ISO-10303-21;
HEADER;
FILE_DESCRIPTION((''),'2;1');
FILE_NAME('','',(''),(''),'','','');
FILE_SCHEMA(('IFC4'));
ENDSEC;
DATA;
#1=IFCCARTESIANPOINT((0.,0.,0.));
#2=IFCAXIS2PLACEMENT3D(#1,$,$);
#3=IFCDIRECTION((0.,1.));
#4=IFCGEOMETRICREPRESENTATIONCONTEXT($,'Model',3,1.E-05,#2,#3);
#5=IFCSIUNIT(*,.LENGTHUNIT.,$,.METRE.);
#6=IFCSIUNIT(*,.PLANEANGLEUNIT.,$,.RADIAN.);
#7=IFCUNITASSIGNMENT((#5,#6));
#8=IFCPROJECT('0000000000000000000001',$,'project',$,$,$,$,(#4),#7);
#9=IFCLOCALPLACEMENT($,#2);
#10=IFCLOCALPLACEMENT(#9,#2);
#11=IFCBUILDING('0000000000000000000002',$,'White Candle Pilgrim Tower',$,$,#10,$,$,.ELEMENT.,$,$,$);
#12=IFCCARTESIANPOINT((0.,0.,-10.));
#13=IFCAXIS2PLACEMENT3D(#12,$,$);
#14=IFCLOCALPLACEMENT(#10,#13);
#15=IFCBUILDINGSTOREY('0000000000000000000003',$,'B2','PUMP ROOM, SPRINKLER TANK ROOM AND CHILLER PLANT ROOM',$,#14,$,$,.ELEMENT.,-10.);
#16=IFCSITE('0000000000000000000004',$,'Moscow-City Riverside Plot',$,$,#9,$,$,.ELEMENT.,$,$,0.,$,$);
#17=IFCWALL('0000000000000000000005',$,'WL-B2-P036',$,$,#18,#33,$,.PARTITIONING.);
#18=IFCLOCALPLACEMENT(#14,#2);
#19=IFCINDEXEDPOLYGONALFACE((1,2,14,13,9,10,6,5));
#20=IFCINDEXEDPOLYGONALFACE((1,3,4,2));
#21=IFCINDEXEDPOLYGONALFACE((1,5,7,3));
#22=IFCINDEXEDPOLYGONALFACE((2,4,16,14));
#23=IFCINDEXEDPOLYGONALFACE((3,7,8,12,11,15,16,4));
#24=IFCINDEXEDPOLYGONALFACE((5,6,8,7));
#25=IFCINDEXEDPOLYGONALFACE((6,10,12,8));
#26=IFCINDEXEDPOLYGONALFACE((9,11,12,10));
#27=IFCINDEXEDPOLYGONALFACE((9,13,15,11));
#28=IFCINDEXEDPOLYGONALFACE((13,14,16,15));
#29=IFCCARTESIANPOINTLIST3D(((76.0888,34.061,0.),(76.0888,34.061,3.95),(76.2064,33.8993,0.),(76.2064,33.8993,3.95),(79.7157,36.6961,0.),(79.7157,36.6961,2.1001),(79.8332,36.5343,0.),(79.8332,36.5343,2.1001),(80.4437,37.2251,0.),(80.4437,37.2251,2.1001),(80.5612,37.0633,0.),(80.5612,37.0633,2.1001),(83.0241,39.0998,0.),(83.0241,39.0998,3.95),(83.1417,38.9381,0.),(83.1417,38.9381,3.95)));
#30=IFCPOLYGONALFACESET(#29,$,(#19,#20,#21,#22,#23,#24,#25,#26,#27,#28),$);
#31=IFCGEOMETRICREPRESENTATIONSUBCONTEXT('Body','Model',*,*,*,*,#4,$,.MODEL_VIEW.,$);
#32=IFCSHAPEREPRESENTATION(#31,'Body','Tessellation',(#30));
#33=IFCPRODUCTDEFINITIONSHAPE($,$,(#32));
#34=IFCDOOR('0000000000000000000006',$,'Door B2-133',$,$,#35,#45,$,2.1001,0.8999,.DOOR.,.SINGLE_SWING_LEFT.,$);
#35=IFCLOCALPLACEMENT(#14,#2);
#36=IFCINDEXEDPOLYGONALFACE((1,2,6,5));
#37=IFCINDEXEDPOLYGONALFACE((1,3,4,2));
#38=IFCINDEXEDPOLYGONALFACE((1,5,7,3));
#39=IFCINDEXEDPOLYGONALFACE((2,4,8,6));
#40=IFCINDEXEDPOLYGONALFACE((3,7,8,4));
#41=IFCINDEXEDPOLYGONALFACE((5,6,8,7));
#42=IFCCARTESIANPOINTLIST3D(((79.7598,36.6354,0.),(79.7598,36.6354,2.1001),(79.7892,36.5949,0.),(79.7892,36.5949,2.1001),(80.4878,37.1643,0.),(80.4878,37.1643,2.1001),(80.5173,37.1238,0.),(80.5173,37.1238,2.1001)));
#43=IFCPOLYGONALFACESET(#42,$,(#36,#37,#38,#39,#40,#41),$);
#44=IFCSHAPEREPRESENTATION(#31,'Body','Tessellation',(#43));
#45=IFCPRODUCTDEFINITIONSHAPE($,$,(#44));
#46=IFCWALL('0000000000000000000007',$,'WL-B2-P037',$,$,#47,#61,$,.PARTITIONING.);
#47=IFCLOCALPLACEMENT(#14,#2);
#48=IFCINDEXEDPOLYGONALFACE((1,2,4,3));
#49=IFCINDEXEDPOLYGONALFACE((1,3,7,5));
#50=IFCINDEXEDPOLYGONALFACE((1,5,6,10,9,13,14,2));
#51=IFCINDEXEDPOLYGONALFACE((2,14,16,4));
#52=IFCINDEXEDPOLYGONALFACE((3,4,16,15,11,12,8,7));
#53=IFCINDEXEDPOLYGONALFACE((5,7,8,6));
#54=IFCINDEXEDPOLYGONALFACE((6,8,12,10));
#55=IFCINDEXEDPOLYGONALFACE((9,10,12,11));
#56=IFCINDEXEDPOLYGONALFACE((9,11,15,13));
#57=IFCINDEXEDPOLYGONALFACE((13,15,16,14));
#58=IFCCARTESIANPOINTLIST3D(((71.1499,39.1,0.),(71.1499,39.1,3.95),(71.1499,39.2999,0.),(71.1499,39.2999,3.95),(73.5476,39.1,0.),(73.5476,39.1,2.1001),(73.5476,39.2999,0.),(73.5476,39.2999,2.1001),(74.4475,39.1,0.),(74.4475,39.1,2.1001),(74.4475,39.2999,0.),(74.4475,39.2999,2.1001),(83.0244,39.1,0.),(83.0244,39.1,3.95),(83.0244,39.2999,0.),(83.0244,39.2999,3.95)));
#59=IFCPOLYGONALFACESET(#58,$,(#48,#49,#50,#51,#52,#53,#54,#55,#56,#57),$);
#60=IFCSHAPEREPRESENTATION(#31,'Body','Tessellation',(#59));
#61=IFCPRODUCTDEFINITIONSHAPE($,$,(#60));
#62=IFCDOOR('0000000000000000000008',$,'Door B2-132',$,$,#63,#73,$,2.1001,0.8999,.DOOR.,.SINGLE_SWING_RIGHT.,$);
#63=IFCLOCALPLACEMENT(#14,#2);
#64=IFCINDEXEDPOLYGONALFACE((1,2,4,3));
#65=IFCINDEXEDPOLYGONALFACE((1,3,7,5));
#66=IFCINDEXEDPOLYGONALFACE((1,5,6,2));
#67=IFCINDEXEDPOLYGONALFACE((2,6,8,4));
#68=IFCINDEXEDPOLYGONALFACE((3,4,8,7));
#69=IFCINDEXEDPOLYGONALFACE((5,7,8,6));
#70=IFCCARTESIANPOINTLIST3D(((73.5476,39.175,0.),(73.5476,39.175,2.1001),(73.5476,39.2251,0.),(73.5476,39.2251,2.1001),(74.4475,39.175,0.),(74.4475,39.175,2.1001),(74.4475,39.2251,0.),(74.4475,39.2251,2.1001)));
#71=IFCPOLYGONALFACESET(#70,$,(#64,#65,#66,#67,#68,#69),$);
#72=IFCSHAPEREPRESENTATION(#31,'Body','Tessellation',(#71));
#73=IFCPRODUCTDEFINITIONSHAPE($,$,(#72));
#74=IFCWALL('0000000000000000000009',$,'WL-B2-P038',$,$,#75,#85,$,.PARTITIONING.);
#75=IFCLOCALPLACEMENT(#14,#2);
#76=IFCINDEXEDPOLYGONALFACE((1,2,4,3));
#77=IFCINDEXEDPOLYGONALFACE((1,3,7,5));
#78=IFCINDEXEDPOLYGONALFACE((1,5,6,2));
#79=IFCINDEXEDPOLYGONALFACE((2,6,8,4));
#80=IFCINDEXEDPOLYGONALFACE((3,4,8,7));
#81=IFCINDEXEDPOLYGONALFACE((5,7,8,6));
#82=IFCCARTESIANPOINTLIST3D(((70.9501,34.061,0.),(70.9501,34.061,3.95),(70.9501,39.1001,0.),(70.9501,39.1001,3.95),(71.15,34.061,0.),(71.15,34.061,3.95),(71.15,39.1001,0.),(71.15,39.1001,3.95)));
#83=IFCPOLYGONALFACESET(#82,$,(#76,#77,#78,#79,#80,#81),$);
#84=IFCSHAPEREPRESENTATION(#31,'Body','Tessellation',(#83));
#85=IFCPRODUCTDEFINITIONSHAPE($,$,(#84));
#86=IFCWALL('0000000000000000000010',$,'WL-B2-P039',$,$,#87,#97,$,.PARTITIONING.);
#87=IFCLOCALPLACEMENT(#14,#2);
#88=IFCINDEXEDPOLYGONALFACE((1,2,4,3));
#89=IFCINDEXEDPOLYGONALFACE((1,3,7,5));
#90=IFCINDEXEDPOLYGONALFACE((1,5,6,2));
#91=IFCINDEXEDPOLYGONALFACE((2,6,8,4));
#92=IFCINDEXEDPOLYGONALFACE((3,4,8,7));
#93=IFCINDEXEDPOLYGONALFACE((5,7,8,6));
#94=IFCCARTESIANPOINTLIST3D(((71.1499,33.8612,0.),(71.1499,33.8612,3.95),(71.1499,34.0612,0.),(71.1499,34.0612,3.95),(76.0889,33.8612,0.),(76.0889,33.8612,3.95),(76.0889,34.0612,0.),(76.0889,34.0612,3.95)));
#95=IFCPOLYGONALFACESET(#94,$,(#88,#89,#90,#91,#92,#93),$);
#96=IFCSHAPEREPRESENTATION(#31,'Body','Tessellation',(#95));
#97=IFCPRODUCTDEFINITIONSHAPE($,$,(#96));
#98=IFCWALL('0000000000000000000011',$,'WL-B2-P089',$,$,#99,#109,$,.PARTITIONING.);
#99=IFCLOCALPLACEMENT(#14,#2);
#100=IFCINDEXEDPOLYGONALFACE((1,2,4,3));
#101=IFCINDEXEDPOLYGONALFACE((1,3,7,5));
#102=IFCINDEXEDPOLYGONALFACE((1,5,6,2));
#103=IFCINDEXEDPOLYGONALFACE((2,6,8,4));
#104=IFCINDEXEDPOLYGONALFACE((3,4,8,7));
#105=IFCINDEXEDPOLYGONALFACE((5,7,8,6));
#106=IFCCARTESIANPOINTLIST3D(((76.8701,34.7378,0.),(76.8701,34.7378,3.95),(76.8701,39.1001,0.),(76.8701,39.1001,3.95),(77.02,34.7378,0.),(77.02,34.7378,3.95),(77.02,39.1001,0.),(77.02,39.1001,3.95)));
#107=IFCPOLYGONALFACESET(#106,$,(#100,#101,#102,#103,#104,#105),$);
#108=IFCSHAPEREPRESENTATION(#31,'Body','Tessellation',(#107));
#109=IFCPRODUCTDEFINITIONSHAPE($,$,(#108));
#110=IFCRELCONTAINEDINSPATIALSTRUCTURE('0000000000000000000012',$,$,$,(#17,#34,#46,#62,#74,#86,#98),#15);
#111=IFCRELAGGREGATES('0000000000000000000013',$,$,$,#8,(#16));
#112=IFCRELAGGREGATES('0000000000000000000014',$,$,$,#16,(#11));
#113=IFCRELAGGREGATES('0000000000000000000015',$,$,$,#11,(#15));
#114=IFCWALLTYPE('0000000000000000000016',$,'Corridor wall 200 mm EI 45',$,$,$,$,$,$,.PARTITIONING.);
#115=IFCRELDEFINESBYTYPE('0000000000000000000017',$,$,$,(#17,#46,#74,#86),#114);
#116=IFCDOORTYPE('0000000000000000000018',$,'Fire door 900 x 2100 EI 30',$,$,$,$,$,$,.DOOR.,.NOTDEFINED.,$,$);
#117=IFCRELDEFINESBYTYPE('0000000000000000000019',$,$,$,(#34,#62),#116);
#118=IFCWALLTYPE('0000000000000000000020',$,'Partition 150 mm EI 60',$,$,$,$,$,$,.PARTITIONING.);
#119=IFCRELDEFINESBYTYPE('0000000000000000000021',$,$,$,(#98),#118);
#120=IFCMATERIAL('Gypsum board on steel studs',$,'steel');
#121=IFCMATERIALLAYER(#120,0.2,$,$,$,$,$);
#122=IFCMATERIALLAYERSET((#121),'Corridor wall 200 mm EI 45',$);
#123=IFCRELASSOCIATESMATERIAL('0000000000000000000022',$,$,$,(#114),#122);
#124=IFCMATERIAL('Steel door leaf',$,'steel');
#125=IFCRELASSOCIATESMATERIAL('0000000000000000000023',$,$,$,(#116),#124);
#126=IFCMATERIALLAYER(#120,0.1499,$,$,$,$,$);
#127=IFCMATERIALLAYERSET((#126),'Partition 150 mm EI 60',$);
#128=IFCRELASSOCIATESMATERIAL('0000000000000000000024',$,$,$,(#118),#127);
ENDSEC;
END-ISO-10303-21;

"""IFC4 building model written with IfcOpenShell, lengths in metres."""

from ifc_helpers import new_model, si_unit, direction, frame, frame_2d, origin, place, context, subcontext, project, spatial, rectangle, extrude, material, layer, layer_set, type_object, element, fill, save


model = new_model("IFC4")

# Units and contexts
model_context = context("Model", 3, precision=1e-05, world=origin(), true_north=direction((0.0, 1.0)))
body_context = subcontext(model_context, "Body", "Model", "MODEL_VIEW")
ifc_project = project(units=[si_unit("LENGTHUNIT", "METRE"), si_unit("PLANEANGLEUNIT", "RADIAN")], contexts=[model_context])

# Site, building, storey
site_placement = place(None, origin())
site = spatial("IfcSite", under=ifc_project, at=site_placement, Name="Moscow-City Riverside Plot", CompositionType="ELEMENT", RefElevation=0.0)
building_placement = place(site_placement, origin())
building = spatial("IfcBuilding", under=site, at=building_placement, Name="White Candle Pilgrim Tower", CompositionType="ELEMENT")
storey_placement = place(building_placement, frame((0.0, 0.0, -10.0)))
storey = spatial("IfcBuildingStorey", under=building, at=storey_placement, Name="B2", Description="PUMP ROOM, SPRINKLER TANK ROOM AND CHILLER PLANT ROOM", CompositionType="ELEMENT", Elevation=-10.0)

# Shared definitions
ifc_material_1 = material(Name="Gypsum board on steel studs", Category="steel")
ifc_layer_1 = layer(ifc_material_1, 0.2)
ifc_layer_set_1 = layer_set([ifc_layer_1], Name="Corridor wall 200 mm EI 45")
wall_type_1 = type_object("IfcWallType", Name="Corridor wall 200 mm EI 45", PredefinedType="PARTITIONING", material=ifc_layer_set_1)
ifc_material_2 = material(Name="Steel door leaf", Category="steel")
door_type = type_object("IfcDoorType", Name="Fire door 900 x 2100 EI 30", OperationType="NOTDEFINED", PredefinedType="DOOR", material=ifc_material_2)

# Walls, openings, doors
wall_1_placement = place(storey_placement, frame((76.1477, 33.9802, 0.0), z_axis=(0.0, 0.0, 1.0), x_axis=(0.809016, 0.587787, 0.0)))
wall_1 = element("IfcWall", 1, at=wall_1_placement, inside=storey, type_object=wall_type_1, Name="WL-B2-P036", PredefinedType="PARTITIONING", context=body_context, shape_type="SweptSolid", body=[
    extrude(rectangle(XDim=8.5725, YDim=0.2, at=frame_2d((4.2861, 0.0))), origin(), (0.0, 0.0, 1.0), 3.95),
])
opening_1_placement = place(wall_1_placement, frame((4.4829, 0.0, 0.0)))
opening_1 = element("IfcOpeningElement", 2, at=opening_1_placement, cuts=wall_1, PredefinedType="OPENING", context=body_context, shape_type="SweptSolid", body=[
    extrude(rectangle(XDim=0.8999, YDim=2.1001, at=frame_2d((0.45, 1.05))), frame((0.0, 0.1099, 0.0), z_axis=(0.0, -1.0, 0.0), x_axis=(1.0, 0.0, 0.0)), (0.0, 0.0, 1.0), 0.22),
])
door_1_placement = place(opening_1_placement, origin())
door_1 = element("IfcDoor", 3, at=door_1_placement, inside=storey, type_object=door_type, Name="Door B2-133", OperationType="SINGLE_SWING_LEFT", OverallHeight=2.1001, OverallWidth=0.8999, PredefinedType="DOOR", context=body_context, shape_type="SweptSolid", body=[
    extrude(rectangle(XDim=0.8999, YDim=2.1001, at=frame_2d((0.45, 1.05))), frame((0.0, 0.0249, 0.0), z_axis=(0.0, -1.0, 0.0), x_axis=(1.0, 0.0, 0.0)), (0.0, 0.0, 1.0), 0.05),
])
fill(opening_1, door_1)
wall_2_placement = place(storey_placement, frame((83.0244, 39.2, 0.0), z_axis=(0.0, 0.0, 1.0), x_axis=(-1.0, 0.0, 0.0)))
wall_2 = element("IfcWall", 4, at=wall_2_placement, inside=storey, type_object=wall_type_1, Name="WL-B2-P037", PredefinedType="PARTITIONING", context=body_context, shape_type="SweptSolid", body=[
    extrude(rectangle(XDim=11.8745, YDim=0.2, at=frame_2d((5.9373, 0.0))), origin(), (0.0, 0.0, 1.0), 3.95),
])
opening_2_placement = place(wall_2_placement, frame((8.5769, 0.0, 0.0)))
opening_2 = element("IfcOpeningElement", 5, at=opening_2_placement, cuts=wall_2, PredefinedType="OPENING", context=body_context, shape_type="SweptSolid", body=[
    extrude(rectangle(XDim=0.8999, YDim=2.1001, at=frame_2d((0.45, 1.05))), frame((0.0, 0.1099, 0.0), z_axis=(0.0, -1.0, 0.0), x_axis=(1.0, 0.0, 0.0)), (0.0, 0.0, 1.0), 0.22),
])
door_2_placement = place(opening_2_placement, origin())
door_2 = element("IfcDoor", 6, at=door_2_placement, inside=storey, type_object=door_type, Name="Door B2-132", OperationType="SINGLE_SWING_RIGHT", OverallHeight=2.1001, OverallWidth=0.8999, PredefinedType="DOOR", context=body_context, shape_type="SweptSolid", body=[
    extrude(rectangle(XDim=0.8999, YDim=2.1001, at=frame_2d((0.45, 1.05))), frame((0.0, 0.0249, 0.0), z_axis=(0.0, -1.0, 0.0), x_axis=(1.0, 0.0, 0.0)), (0.0, 0.0, 1.0), 0.05),
])
fill(opening_2, door_2)

# Walls
wall_3_placement = place(storey_placement, frame((71.05, 39.1001, 0.0), z_axis=(0.0, 0.0, 1.0), x_axis=(0.0, -1.0, 0.0)))
element("IfcWall", 7, at=wall_3_placement, inside=storey, type_object=wall_type_1, Name="WL-B2-P038", PredefinedType="PARTITIONING", context=body_context, shape_type="SweptSolid", body=[
    extrude(rectangle(XDim=5.0391, YDim=0.2, at=frame_2d((2.5195, 0.0))), origin(), (0.0, 0.0, 1.0), 3.95),
])
wall_4_placement = place(storey_placement, frame((71.1499, 33.9612, 0.0), z_axis=(0.0, 0.0, 1.0), x_axis=(1.0, 0.0, 0.0)))
element("IfcWall", 8, at=wall_4_placement, inside=storey, type_object=wall_type_1, Name="WL-B2-P039", PredefinedType="PARTITIONING", context=body_context, shape_type="SweptSolid", body=[
    extrude(rectangle(XDim=4.939, YDim=0.2, at=frame_2d((2.4695, 0.0))), origin(), (0.0, 0.0, 1.0), 3.95),
])
ifc_layer_2 = layer(ifc_material_1, 0.1499)
ifc_layer_set_2 = layer_set([ifc_layer_2], Name="Partition 150 mm EI 60")
wall_type_2 = type_object("IfcWallType", Name="Partition 150 mm EI 60", PredefinedType="PARTITIONING", material=ifc_layer_set_2)
wall_5_placement = place(storey_placement, frame((76.9451, 34.7378, 0.0), z_axis=(0.0, 0.0, 1.0), x_axis=(0.0, 1.0, 0.0)))
element("IfcWall", 9, at=wall_5_placement, inside=storey, type_object=wall_type_2, Name="WL-B2-P089", PredefinedType="PARTITIONING", context=body_context, shape_type="SweptSolid", body=[
    extrude(rectangle(XDim=4.3623, YDim=0.1499, at=frame_2d((2.1812, 0.0))), origin(), (0.0, 0.0, 1.0), 3.95),
])

save(model, "model.ifc")
